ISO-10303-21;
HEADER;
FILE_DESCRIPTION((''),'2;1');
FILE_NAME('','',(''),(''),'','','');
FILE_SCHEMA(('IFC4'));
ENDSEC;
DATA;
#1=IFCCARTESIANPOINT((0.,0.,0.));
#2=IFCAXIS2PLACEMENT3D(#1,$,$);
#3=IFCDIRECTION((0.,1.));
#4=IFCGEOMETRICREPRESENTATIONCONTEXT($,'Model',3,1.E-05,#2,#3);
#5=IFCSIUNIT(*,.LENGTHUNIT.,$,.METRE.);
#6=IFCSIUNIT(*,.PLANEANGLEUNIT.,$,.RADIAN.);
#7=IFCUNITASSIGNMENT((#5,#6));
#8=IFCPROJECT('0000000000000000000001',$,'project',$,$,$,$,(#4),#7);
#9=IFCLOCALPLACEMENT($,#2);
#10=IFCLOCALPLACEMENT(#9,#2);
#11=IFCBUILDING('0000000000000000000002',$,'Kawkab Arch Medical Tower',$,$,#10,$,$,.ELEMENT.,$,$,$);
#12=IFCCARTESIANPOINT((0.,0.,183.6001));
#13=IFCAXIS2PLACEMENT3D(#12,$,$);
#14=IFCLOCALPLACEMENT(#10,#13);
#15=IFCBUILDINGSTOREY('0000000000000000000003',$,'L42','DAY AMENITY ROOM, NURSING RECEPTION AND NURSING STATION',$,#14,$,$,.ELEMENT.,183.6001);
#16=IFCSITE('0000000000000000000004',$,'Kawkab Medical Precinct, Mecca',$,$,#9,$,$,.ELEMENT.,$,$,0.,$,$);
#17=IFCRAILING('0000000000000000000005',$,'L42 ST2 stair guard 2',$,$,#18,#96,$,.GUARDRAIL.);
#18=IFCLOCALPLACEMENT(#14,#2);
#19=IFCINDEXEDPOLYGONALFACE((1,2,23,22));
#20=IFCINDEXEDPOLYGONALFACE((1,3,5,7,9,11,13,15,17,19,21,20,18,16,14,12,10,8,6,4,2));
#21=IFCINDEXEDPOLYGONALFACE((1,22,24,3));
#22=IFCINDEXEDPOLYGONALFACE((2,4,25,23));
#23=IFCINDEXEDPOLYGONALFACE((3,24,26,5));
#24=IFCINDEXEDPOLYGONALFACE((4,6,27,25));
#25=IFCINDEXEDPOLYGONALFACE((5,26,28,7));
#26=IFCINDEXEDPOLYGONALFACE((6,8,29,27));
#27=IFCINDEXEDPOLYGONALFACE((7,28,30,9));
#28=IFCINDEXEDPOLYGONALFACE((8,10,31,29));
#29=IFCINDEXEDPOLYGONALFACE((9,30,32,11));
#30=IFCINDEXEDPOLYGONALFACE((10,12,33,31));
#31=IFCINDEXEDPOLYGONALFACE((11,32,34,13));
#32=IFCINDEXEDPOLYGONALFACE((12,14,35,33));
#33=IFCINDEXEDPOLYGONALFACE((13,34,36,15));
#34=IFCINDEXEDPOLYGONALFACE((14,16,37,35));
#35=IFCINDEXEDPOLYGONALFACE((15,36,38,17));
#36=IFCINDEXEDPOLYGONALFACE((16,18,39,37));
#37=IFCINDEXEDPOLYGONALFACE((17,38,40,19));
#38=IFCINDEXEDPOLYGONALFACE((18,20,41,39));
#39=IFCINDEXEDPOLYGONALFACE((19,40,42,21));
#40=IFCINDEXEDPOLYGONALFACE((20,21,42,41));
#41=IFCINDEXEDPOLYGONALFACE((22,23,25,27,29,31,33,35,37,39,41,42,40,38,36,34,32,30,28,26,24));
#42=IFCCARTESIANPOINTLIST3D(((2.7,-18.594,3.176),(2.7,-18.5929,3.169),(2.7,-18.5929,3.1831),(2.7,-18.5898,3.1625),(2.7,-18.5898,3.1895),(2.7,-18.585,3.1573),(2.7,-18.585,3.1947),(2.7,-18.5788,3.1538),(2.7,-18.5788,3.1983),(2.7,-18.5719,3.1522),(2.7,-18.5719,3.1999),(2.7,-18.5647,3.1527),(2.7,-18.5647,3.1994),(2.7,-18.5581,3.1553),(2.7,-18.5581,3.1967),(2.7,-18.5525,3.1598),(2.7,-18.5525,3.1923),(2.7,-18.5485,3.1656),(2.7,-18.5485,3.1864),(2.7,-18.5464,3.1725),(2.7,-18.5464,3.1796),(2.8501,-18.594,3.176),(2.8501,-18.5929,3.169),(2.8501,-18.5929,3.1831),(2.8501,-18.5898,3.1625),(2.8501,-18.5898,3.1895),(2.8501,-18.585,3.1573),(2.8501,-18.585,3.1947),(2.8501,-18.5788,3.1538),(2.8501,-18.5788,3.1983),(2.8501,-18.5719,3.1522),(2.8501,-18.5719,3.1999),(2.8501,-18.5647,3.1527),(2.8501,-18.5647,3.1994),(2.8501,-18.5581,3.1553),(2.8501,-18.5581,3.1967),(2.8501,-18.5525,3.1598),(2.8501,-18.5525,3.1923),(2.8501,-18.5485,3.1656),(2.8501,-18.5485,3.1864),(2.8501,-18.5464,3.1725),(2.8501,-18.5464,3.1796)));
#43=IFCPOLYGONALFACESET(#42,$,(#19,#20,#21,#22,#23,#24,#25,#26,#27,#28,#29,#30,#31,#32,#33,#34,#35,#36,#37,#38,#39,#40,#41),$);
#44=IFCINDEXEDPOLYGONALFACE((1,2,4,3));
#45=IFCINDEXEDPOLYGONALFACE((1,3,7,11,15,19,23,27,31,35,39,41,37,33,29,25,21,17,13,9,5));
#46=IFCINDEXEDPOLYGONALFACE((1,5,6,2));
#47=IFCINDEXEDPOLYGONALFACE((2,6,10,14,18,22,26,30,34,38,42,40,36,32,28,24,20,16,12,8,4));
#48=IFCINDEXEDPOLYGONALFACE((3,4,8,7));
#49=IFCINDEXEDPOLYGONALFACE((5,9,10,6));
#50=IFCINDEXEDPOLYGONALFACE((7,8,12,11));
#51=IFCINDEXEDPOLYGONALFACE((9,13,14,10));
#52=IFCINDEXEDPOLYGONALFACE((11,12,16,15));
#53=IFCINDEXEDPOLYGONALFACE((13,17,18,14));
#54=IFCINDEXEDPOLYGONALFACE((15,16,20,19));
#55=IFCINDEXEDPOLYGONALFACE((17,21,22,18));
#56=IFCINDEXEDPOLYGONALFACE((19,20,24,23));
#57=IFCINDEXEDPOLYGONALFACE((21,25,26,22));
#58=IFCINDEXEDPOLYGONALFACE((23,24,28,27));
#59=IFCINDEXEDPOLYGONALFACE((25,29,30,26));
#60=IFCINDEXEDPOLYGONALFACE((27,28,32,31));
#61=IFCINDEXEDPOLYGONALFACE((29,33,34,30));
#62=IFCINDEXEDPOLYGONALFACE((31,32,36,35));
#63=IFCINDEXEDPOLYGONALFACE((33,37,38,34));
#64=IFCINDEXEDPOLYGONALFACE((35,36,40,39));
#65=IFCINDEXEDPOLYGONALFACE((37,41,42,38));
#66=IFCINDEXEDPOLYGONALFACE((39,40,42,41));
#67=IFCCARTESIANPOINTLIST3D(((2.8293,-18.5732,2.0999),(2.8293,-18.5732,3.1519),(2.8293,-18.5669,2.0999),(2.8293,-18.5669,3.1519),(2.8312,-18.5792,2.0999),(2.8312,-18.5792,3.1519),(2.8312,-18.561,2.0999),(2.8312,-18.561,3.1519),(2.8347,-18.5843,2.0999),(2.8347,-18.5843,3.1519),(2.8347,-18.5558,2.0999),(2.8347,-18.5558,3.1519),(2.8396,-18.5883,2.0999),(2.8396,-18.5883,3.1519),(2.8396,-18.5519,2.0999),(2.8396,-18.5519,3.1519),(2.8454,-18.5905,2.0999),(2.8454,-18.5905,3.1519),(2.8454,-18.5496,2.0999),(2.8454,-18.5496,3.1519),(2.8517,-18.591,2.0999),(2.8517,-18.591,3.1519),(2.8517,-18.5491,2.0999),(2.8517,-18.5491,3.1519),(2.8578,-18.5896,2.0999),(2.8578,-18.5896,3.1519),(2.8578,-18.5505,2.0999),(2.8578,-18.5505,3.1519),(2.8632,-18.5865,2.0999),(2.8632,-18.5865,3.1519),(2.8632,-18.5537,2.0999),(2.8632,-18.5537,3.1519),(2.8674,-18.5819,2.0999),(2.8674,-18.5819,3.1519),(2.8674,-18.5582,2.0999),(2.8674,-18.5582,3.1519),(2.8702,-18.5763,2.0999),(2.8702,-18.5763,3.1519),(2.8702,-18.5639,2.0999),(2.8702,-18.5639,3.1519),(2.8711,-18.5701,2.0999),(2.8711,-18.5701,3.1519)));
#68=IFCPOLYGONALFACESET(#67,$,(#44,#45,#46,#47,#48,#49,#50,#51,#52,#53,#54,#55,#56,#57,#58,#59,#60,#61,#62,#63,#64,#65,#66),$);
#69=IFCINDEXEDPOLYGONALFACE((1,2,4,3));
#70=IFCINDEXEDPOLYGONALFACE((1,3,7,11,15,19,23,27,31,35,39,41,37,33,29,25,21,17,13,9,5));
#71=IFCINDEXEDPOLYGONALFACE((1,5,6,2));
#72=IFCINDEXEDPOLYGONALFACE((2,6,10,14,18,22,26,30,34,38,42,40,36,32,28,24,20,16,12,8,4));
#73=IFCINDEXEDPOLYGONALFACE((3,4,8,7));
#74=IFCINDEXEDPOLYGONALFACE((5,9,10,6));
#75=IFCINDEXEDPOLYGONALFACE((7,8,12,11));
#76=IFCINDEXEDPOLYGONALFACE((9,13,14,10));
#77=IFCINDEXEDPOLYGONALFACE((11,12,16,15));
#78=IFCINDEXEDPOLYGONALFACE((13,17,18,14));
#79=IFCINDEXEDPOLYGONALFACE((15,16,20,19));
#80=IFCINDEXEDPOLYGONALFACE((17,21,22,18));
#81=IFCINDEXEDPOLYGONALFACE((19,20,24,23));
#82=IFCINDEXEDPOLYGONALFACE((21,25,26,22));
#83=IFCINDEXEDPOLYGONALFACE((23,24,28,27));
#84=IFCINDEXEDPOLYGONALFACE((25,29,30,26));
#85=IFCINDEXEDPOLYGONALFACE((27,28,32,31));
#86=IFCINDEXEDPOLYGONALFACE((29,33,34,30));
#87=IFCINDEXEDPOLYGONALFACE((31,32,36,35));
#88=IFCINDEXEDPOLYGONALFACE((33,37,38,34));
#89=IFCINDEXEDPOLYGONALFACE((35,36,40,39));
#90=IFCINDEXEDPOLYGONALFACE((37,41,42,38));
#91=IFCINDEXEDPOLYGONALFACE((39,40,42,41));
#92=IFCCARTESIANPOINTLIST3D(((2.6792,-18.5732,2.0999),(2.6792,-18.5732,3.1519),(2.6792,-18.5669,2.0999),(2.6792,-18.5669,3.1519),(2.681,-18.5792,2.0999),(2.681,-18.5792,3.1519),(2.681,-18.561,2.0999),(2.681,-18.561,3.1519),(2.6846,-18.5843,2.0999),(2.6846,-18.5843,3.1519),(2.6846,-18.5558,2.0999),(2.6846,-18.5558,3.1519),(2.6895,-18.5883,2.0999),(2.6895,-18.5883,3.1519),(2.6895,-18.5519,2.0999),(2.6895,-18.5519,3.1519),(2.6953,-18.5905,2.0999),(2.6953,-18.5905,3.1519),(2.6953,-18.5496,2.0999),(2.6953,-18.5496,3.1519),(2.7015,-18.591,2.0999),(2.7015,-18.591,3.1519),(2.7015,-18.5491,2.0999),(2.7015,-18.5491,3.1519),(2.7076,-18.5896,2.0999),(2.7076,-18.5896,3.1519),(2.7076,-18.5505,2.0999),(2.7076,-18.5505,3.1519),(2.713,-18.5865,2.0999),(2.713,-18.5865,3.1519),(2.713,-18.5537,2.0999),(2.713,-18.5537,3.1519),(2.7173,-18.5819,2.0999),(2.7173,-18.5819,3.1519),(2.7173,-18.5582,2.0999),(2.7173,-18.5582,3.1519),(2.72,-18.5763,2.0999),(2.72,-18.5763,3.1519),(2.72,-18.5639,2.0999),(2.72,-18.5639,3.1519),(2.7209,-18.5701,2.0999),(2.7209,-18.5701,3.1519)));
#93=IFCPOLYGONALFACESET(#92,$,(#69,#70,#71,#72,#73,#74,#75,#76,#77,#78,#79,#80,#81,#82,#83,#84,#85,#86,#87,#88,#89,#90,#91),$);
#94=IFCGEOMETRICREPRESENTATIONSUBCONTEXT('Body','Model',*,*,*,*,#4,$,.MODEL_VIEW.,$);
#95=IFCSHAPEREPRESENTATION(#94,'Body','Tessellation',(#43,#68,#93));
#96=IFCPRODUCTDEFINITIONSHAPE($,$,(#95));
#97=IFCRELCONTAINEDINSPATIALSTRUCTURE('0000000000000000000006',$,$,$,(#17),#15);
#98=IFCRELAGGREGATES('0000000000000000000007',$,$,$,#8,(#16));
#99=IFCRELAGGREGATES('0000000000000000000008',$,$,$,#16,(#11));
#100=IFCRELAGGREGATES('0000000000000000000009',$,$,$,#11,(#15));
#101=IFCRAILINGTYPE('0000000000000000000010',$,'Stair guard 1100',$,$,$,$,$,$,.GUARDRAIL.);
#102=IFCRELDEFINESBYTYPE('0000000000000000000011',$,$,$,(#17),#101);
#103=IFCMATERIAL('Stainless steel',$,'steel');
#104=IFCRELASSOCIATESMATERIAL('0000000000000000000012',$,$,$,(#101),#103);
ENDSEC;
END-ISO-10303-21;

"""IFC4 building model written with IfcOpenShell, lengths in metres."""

from ifc_helpers import new_model, si_unit, direction, frame, origin, origin_2d, place, context, subcontext, project, spatial, circle, extrude, material, type_object, element, save


model = new_model("IFC4")

# Units and contexts
model_context = context("Model", 3, precision=1e-05, world=origin(), true_north=direction((0.0, 1.0)))
body_context = subcontext(model_context, "Body", "Model", "MODEL_VIEW")
ifc_project = project(units=[si_unit("LENGTHUNIT", "METRE"), si_unit("PLANEANGLEUNIT", "RADIAN")], contexts=[model_context])

# Site, building, storey
site_placement = place(None, origin())
site = spatial("IfcSite", under=ifc_project, at=site_placement, Name="Kawkab Medical Precinct, Mecca", CompositionType="ELEMENT", RefElevation=0.0)
building_placement = place(site_placement, origin())
building = spatial("IfcBuilding", under=site, at=building_placement, Name="Kawkab Arch Medical Tower", CompositionType="ELEMENT")
storey_placement = place(building_placement, frame((0.0, 0.0, 183.6001)))
storey = spatial("IfcBuildingStorey", under=building, at=storey_placement, Name="L42", Description="DAY AMENITY ROOM, NURSING RECEPTION AND NURSING STATION", CompositionType="ELEMENT", Elevation=183.6001)

# Railing
ifc_material_1 = material(Name="Stainless steel", Category="steel")
railing_type_1 = type_object("IfcRailingType", Name="Stair guard 1100", PredefinedType="GUARDRAIL", material=ifc_material_1)
railing_1_placement = place(storey_placement, frame((2.8501, -18.5701, 2.0999)))
element("IfcRailing", 1, at=railing_1_placement, inside=storey, type_object=railing_type_1, Name="L42 ST2 stair guard 2", PredefinedType="GUARDRAIL", context=body_context, shape_type="SweptSolid", body=[
    extrude(circle(Radius=0.0239, at=origin_2d()), frame((0.0, 0.0, 1.0762), z_axis=(-1.0, 0.0, 0.0), x_axis=(0.0, -1.0, 0.0)), (0.0, 0.0, 1.0), 0.1501),
    extrude(circle(Radius=0.021, at=origin_2d()), origin(), (0.0, 0.0, 1.0), 1.052),
    extrude(circle(Radius=0.021, at=origin_2d()), frame((-0.1501, 0.0, 0.0)), (0.0, 0.0, 1.0), 1.052),
])

save(model, "model.ifc")
